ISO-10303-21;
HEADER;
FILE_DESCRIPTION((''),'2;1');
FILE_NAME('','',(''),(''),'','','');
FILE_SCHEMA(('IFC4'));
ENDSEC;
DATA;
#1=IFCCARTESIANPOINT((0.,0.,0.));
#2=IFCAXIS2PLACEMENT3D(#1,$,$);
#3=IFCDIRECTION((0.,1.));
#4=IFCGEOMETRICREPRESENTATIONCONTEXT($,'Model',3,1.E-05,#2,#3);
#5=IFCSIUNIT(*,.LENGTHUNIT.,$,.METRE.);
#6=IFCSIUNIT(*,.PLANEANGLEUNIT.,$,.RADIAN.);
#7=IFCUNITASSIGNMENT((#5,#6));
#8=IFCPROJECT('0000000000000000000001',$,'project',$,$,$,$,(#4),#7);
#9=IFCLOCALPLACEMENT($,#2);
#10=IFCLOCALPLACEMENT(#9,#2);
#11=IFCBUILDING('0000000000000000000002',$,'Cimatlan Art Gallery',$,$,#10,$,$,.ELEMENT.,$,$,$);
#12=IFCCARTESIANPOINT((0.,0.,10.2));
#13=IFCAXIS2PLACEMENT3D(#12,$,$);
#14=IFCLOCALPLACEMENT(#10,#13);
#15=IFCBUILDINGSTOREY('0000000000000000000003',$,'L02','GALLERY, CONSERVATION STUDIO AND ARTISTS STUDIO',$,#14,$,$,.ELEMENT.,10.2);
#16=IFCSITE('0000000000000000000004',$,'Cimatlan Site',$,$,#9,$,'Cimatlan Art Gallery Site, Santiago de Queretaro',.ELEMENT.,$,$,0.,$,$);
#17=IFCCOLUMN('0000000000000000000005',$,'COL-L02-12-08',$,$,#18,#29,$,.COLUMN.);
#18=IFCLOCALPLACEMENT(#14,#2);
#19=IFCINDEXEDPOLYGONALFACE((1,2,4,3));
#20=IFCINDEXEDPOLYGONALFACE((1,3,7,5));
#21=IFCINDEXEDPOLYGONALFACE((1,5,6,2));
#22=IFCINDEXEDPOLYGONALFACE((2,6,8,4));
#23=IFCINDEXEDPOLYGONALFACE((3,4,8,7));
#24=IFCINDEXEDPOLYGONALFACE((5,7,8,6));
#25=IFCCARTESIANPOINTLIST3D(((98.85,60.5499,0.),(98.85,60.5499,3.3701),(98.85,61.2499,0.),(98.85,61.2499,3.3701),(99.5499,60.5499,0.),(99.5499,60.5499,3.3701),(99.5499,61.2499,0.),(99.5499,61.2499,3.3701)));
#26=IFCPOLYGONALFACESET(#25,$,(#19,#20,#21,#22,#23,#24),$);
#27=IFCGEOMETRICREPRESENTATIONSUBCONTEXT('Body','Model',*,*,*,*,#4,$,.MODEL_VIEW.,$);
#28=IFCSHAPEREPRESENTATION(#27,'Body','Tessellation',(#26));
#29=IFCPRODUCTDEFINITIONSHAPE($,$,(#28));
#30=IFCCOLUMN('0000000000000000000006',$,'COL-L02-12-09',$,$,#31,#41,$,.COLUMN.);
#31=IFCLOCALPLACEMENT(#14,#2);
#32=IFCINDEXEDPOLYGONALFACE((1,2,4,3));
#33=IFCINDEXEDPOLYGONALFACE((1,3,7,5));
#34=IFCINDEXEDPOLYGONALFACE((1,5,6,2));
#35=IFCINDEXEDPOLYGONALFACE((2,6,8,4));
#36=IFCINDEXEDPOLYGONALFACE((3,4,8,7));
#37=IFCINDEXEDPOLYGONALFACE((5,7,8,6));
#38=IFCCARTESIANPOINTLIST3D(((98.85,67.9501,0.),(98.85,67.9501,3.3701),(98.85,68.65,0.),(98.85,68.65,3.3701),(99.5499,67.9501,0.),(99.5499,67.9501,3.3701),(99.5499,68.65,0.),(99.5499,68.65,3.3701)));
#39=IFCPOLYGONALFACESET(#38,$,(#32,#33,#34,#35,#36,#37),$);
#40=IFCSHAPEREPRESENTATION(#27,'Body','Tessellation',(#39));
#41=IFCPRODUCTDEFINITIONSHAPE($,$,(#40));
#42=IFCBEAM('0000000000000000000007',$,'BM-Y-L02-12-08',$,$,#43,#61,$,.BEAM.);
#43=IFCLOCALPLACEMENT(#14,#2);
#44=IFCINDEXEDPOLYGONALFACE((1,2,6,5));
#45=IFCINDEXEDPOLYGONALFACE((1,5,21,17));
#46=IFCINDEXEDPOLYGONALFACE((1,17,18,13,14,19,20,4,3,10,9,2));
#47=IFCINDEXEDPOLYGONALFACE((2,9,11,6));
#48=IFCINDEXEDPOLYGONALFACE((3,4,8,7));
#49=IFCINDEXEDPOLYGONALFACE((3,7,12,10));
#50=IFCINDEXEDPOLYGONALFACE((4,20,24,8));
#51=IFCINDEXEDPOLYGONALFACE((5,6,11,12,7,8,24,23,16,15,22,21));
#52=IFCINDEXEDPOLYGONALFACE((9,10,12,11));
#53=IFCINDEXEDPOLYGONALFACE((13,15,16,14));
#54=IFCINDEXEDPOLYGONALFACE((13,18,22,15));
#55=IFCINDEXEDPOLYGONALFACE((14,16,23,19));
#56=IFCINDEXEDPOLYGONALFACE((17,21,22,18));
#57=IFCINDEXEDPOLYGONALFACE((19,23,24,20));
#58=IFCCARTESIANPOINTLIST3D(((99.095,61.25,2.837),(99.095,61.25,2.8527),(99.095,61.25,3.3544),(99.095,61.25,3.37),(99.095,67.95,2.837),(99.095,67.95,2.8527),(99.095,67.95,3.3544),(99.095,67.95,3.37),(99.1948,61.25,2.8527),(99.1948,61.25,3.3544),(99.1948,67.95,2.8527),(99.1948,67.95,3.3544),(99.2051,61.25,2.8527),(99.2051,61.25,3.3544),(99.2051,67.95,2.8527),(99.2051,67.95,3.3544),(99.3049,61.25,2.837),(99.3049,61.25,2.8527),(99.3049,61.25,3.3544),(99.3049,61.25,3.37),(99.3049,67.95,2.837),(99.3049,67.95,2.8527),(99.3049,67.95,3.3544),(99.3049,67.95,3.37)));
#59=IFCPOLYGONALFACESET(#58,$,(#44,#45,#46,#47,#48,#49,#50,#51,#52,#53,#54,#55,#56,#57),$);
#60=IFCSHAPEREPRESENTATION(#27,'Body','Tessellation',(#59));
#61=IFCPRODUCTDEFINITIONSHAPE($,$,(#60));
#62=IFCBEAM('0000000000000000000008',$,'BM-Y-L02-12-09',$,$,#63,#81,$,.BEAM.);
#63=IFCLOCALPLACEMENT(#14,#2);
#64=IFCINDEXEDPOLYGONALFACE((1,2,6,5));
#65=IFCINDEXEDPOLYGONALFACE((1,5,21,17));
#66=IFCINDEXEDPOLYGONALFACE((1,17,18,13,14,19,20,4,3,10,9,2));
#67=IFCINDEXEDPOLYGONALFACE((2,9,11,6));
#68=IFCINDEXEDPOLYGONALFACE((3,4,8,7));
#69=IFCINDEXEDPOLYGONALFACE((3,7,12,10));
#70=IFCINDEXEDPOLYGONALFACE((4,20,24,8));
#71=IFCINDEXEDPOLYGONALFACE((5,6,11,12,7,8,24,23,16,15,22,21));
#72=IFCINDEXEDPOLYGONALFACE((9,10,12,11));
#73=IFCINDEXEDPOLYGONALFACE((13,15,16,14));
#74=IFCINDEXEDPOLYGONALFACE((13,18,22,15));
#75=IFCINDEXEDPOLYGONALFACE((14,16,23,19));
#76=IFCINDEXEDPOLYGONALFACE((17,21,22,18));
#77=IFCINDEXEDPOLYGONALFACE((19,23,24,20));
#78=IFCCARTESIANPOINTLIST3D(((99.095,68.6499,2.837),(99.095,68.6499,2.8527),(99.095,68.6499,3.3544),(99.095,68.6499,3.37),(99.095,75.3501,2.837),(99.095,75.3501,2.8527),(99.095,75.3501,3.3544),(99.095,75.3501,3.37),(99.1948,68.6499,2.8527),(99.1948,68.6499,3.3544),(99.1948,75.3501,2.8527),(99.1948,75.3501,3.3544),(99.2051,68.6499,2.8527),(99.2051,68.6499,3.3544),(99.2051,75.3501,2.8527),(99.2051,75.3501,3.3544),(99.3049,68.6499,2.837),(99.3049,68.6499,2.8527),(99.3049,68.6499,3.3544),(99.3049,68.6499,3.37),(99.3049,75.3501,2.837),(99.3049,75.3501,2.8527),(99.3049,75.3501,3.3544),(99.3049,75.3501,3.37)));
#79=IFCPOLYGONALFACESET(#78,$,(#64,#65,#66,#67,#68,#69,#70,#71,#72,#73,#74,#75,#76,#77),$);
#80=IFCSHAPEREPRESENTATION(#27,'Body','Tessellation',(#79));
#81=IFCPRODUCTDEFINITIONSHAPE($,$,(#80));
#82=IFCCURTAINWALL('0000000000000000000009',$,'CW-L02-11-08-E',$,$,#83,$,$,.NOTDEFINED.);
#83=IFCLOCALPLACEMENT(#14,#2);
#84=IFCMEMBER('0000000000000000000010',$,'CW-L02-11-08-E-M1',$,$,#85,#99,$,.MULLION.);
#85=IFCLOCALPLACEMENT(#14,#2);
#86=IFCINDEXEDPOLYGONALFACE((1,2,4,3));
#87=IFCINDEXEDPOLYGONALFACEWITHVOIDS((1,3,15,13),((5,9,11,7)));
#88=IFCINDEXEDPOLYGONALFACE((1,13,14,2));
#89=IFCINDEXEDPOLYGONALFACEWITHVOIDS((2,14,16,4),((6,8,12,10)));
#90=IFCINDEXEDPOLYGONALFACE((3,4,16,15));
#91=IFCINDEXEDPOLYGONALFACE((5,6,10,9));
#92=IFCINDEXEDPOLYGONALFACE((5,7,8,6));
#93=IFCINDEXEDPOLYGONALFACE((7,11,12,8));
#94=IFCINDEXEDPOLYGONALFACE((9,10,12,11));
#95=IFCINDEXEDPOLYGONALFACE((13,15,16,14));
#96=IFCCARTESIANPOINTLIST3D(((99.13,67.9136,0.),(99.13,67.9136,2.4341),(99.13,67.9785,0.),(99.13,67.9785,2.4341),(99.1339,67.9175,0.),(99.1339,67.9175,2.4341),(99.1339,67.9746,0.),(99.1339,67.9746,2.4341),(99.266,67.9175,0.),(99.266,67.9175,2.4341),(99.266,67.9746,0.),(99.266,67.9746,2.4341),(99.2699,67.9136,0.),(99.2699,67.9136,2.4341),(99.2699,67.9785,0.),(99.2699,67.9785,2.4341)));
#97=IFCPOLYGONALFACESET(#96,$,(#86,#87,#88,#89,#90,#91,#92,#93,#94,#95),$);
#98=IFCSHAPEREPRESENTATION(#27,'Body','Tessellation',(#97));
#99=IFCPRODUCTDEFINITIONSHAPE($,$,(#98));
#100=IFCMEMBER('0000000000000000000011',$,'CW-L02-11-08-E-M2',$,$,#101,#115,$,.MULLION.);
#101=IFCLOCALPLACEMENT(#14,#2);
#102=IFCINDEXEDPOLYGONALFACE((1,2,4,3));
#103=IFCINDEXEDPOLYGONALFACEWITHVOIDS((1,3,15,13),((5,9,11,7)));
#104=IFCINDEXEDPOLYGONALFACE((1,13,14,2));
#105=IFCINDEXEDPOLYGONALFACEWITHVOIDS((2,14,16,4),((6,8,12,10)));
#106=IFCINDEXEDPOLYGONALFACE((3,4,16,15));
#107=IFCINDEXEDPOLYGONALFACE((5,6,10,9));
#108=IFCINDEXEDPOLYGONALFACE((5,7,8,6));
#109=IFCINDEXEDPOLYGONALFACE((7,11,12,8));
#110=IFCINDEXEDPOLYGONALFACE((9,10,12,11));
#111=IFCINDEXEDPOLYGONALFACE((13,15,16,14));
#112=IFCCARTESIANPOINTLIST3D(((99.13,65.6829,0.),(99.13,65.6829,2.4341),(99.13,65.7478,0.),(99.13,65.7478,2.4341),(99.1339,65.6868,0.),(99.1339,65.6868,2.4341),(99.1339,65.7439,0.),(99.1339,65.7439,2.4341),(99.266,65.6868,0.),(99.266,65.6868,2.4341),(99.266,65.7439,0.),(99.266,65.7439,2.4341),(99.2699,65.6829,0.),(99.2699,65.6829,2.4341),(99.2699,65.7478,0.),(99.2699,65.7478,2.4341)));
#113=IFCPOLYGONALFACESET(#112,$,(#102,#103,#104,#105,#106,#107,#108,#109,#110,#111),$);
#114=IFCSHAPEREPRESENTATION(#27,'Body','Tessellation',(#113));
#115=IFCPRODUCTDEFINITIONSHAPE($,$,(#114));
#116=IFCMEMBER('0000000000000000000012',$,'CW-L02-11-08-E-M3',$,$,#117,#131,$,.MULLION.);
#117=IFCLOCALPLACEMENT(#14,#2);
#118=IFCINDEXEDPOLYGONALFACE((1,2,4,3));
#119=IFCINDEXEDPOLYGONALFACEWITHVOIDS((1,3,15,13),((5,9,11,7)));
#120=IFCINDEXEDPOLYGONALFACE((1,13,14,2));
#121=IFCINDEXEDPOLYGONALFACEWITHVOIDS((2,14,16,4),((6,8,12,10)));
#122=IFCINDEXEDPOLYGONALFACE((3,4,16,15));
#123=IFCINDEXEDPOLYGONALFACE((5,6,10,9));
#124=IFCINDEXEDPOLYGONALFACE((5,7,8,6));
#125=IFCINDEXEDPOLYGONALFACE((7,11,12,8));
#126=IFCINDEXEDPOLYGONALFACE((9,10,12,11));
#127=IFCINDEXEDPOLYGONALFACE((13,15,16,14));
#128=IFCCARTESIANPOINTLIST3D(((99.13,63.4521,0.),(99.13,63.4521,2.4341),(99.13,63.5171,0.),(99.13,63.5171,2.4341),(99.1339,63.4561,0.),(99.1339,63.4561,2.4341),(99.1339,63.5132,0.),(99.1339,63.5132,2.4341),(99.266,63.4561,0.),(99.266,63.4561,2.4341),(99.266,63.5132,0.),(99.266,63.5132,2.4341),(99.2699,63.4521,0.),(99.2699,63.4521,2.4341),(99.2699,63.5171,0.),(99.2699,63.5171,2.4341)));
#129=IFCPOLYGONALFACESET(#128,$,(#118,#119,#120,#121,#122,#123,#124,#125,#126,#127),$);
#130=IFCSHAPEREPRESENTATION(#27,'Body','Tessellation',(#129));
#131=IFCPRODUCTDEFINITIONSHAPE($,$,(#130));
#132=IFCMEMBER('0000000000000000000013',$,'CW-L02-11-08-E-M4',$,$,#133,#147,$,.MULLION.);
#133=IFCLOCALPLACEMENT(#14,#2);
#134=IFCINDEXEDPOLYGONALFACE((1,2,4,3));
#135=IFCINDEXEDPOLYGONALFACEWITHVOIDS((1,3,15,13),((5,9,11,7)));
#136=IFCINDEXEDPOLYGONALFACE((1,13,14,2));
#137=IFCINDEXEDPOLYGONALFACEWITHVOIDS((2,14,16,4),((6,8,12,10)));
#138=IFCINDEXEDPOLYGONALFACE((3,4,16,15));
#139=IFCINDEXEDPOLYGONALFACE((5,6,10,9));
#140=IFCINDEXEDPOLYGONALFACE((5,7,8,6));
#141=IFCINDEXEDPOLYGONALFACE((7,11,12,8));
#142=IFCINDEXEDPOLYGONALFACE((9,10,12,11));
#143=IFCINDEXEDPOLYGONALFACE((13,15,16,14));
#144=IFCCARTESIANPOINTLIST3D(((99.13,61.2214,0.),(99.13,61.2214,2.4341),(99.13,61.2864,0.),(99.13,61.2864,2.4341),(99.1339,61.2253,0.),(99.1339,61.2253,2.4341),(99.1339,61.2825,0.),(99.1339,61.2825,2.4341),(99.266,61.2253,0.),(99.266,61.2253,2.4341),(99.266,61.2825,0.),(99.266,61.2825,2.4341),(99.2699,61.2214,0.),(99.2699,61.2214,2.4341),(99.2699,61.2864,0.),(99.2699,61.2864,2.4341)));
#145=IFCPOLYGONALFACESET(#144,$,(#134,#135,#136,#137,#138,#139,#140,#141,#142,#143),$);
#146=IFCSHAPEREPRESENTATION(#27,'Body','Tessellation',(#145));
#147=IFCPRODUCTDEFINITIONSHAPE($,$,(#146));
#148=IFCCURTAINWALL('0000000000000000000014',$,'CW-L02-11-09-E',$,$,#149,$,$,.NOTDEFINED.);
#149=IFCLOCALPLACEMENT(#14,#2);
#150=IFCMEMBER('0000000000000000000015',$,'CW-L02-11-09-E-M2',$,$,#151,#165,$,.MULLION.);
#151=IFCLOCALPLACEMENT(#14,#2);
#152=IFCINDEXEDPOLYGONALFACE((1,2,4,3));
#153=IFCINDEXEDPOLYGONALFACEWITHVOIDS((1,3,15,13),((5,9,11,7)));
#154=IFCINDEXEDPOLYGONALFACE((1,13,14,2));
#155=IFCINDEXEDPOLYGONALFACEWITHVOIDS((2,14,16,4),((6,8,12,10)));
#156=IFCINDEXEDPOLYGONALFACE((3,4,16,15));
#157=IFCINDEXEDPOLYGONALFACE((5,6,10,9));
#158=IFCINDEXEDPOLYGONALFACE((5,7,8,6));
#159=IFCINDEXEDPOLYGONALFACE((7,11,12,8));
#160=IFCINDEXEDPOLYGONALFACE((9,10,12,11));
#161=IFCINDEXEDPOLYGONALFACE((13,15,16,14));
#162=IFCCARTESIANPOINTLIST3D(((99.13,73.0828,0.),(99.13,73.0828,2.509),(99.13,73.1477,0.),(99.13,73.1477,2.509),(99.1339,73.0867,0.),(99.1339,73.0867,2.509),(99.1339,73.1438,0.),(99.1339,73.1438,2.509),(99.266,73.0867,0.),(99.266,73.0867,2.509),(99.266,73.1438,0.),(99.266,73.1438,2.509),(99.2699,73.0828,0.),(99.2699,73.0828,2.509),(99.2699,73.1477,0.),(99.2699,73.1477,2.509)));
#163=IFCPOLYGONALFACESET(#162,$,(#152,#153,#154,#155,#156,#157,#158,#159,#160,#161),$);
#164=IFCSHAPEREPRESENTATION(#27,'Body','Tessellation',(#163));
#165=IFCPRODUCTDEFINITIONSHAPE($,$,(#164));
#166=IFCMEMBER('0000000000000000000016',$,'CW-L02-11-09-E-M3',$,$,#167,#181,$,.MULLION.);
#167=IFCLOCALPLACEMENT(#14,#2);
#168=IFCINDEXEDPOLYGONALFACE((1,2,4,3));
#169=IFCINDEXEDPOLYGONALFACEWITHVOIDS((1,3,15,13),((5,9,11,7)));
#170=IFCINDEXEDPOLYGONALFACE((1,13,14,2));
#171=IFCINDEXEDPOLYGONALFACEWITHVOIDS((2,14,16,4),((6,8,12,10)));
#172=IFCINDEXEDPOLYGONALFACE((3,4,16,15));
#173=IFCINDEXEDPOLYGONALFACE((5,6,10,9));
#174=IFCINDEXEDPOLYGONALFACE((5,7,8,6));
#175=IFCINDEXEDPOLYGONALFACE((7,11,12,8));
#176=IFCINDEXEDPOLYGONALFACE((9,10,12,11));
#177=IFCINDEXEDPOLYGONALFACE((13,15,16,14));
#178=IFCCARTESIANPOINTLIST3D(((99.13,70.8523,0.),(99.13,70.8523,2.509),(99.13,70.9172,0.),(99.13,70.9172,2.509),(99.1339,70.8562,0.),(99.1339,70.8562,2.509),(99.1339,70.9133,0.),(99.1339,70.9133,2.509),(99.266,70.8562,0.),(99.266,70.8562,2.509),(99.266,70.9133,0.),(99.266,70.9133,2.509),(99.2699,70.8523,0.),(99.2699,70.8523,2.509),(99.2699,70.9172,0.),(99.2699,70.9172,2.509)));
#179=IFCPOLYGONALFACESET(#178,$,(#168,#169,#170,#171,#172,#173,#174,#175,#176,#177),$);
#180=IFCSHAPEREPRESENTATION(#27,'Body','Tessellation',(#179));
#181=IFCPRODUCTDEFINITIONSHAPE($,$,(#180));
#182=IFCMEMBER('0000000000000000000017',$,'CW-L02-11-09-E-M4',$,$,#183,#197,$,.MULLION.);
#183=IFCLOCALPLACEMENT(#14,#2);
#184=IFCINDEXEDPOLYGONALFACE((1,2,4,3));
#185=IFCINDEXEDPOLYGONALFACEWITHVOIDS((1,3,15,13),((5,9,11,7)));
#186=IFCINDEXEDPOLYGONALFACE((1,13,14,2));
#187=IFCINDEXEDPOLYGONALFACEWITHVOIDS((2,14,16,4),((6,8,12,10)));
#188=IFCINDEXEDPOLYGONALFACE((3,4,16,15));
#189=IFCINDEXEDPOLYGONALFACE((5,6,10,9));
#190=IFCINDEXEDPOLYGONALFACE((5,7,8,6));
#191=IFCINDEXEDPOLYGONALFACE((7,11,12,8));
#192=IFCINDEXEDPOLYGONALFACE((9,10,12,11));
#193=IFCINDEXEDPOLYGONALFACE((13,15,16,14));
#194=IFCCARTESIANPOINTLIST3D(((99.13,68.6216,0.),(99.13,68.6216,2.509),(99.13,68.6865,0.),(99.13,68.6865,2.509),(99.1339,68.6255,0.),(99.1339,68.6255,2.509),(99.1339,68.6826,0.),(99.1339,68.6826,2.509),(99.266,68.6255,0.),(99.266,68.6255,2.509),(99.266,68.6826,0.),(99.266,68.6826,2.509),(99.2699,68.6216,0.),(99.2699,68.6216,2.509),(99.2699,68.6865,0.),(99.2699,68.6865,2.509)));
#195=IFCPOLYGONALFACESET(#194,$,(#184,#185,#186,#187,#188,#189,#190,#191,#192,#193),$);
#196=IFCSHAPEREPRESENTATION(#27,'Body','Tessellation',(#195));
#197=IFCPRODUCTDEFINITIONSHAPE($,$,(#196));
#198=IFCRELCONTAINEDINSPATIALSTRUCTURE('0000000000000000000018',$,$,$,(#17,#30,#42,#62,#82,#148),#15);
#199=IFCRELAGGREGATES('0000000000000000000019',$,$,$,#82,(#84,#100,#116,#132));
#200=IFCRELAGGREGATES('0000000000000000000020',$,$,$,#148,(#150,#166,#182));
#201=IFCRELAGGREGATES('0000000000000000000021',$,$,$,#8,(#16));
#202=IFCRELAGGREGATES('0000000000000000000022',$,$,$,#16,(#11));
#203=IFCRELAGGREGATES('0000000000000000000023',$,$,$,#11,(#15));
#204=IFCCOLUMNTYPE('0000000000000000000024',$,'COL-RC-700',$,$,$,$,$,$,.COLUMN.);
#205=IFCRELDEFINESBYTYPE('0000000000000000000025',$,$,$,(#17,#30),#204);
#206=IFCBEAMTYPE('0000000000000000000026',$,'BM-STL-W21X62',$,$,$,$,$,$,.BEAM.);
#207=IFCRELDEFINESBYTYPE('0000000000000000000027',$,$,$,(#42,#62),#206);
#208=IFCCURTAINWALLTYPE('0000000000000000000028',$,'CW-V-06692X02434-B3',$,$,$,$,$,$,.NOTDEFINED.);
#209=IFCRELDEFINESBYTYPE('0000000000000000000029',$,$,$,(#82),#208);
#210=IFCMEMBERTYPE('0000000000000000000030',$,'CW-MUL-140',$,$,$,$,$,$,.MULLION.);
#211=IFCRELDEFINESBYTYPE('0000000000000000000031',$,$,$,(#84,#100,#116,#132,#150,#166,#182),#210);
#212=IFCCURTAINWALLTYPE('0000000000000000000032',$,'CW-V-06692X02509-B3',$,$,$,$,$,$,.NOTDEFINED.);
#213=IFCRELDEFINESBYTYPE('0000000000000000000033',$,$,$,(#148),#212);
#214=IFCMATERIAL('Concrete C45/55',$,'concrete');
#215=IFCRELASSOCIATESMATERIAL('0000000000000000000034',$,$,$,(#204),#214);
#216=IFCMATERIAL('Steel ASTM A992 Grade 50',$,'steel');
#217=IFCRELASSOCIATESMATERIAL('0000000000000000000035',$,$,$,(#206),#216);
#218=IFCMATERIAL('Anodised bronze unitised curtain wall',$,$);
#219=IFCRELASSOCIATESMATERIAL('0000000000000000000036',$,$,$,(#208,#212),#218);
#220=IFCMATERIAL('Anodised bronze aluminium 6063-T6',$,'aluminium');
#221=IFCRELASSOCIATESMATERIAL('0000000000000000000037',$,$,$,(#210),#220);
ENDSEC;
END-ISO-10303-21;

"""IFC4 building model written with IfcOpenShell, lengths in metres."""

from ifc_helpers import new_model, si_unit, direction, frame, origin, origin_2d, place, context, subcontext, project, spatial, rectangle, hollow_rectangle, i_section, extrude, material, material_profile, profile_set, type_object, element, aggregate, save


model = new_model("IFC4")

# Units and contexts
model_context = context("Model", 3, precision=1e-05, world=origin(), true_north=direction((0.0, 1.0)))
body_context = subcontext(model_context, "Body", "Model", "MODEL_VIEW")
ifc_project = project(units=[si_unit("LENGTHUNIT", "METRE"), si_unit("PLANEANGLEUNIT", "RADIAN")], contexts=[model_context])

# Site, building, storey
site_placement = place(None, origin())
site = spatial("IfcSite", under=ifc_project, at=site_placement, Name="Cimatlan Site", LongName="Cimatlan Art Gallery Site, Santiago de Queretaro", CompositionType="ELEMENT", RefElevation=0.0)
building_placement = place(site_placement, origin())
building = spatial("IfcBuilding", under=site, at=building_placement, Name="Cimatlan Art Gallery", CompositionType="ELEMENT")
storey_placement = place(building_placement, frame((0.0, 0.0, 10.2)))
storey = spatial("IfcBuildingStorey", under=building, at=storey_placement, Name="L02", Description="GALLERY, CONSERVATION STUDIO AND ARTISTS STUDIO", CompositionType="ELEMENT", Elevation=10.2)

# Columns
ifc_material_1 = material(Name="Concrete C45/55", Category="concrete")
ifc_material_profile_1 = material_profile(ifc_material_1, rectangle(XDim=0.7, YDim=0.7, at=origin_2d()), Name="RC700X700")
ifc_profile_set_1 = profile_set([ifc_material_profile_1], Name="Concrete C45/55")
column_type = type_object("IfcColumnType", Name="COL-RC-700", PredefinedType="COLUMN", material=ifc_profile_set_1)
for number, where, z_axis, x_axis, name in (
    (1, (99.2, 60.8999, 0.0), (0.0, 0.0, 1.0), (1.0, 0.0, 0.0), "COL-L02-12-08"),
    (2, (99.2, 68.3, 0.0), (0.0, 0.0, 1.0), (1.0, 0.0, 0.0), "COL-L02-12-09"),
):
    element("IfcColumn", number, at=place(storey_placement, frame(where, z_axis=z_axis, x_axis=x_axis)), inside=storey, type_object=column_type, Name=name, PredefinedType="COLUMN", context=body_context, shape_type="SweptSolid", body=[
        extrude(rectangle(XDim=0.7, YDim=0.7, at=origin_2d()), origin(), (0.0, 0.0, 1.0), 3.3701),
    ])

# Beams
ifc_material_2 = material(Name="Steel ASTM A992 Grade 50", Category="steel")
ifc_material_profile_2 = material_profile(ifc_material_2, i_section(OverallWidth=0.21, OverallDepth=0.533, WebThickness=0.0103, FlangeThickness=0.0156, at=origin_2d()), Name="W21X62")
ifc_profile_set_2 = profile_set([ifc_material_profile_2], Name="Steel ASTM A992 Grade 50")
beam_type = type_object("IfcBeamType", Name="BM-STL-W21X62", PredefinedType="BEAM", material=ifc_profile_set_2)
beam_1_placement = place(storey_placement, frame((99.2, 61.25, 3.1035), z_axis=(0.0, 1.0, 0.0), x_axis=(-1.0, 0.0, 0.0)))
element("IfcBeam", 3, at=beam_1_placement, inside=storey, type_object=beam_type, Name="BM-Y-L02-12-08", PredefinedType="BEAM", context=body_context, shape_type="SweptSolid", body=[
    extrude(i_section(OverallWidth=0.21, OverallDepth=0.533, WebThickness=0.0103, FlangeThickness=0.0156, at=origin_2d()), origin(), (0.0, 0.0, 1.0), 6.7),
])
beam_2_placement = place(storey_placement, frame((99.2, 68.6499, 3.1035), z_axis=(0.0, 1.0, 0.0), x_axis=(-1.0, 0.0, 0.0)))
element("IfcBeam", 4, at=beam_2_placement, inside=storey, type_object=beam_type, Name="BM-Y-L02-12-09", PredefinedType="BEAM", context=body_context, shape_type="SweptSolid", body=[
    extrude(i_section(OverallWidth=0.21, OverallDepth=0.533, WebThickness=0.0103, FlangeThickness=0.0156, at=origin_2d()), origin(), (0.0, 0.0, 1.0), 6.7002),
])

# Curtain walls, members
ifc_material_3 = material(Name="Anodised bronze unitised curtain wall")
curtain_wall_type_1 = type_object("IfcCurtainWallType", Name="CW-V-06692X02434-B3", PredefinedType="NOTDEFINED", material=ifc_material_3)
curtain_wall_1_placement = place(storey_placement, origin())
curtain_wall_1 = element("IfcCurtainWall", 5, at=curtain_wall_1_placement, inside=storey, type_object=curtain_wall_type_1, Name="CW-L02-11-08-E", PredefinedType="NOTDEFINED")
ifc_material_4 = material(Name="Anodised bronze aluminium 6063-T6", Category="aluminium")
ifc_material_profile_3 = material_profile(ifc_material_4, hollow_rectangle(XDim=0.0649, YDim=0.1399, WallThickness=0.0039, at=origin_2d()), Name="ALU65X140X4")
ifc_profile_set_3 = profile_set([ifc_material_profile_3], Name="Anodised bronze aluminium 6063-T6")
member_type_1 = type_object("IfcMemberType", Name="CW-MUL-140", PredefinedType="MULLION", material=ifc_profile_set_3)
member_1_placement = place(storey_placement, frame((99.2, 67.946, 0.0), z_axis=(0.0, 0.0, 1.0), x_axis=(0.0, 1.0, 0.0)))
member_1 = element("IfcMember", 6, at=member_1_placement, type_object=member_type_1, Name="CW-L02-11-08-E-M1", PredefinedType="MULLION", context=body_context, shape_type="SweptSolid", body=[
    extrude(hollow_rectangle(XDim=0.0649, YDim=0.1399, WallThickness=0.0039, at=origin_2d()), origin(), (0.0, 0.0, 1.0), 2.4341),
])
member_2_placement = place(storey_placement, frame((99.2, 65.7153, 0.0), z_axis=(0.0, 0.0, 1.0), x_axis=(0.0, 1.0, 0.0)))
member_2 = element("IfcMember", 7, at=member_2_placement, type_object=member_type_1, Name="CW-L02-11-08-E-M2", PredefinedType="MULLION", context=body_context, shape_type="SweptSolid", body=[
    extrude(hollow_rectangle(XDim=0.0649, YDim=0.1399, WallThickness=0.0039, at=origin_2d()), origin(), (0.0, 0.0, 1.0), 2.4341),
])
member_3_placement = place(storey_placement, frame((99.2, 63.4846, 0.0), z_axis=(0.0, 0.0, 1.0), x_axis=(0.0, 1.0, 0.0)))
member_3 = element("IfcMember", 8, at=member_3_placement, type_object=member_type_1, Name="CW-L02-11-08-E-M3", PredefinedType="MULLION", context=body_context, shape_type="SweptSolid", body=[
    extrude(hollow_rectangle(XDim=0.0649, YDim=0.1399, WallThickness=0.0039, at=origin_2d()), origin(), (0.0, 0.0, 1.0), 2.4341),
])
member_4_placement = place(storey_placement, frame((99.2, 61.2539, 0.0), z_axis=(0.0, 0.0, 1.0), x_axis=(0.0, 1.0, 0.0)))
member_4 = element("IfcMember", 9, at=member_4_placement, type_object=member_type_1, Name="CW-L02-11-08-E-M4", PredefinedType="MULLION", context=body_context, shape_type="SweptSolid", body=[
    extrude(hollow_rectangle(XDim=0.0649, YDim=0.1399, WallThickness=0.0039, at=origin_2d()), origin(), (0.0, 0.0, 1.0), 2.4341),
])
curtain_wall_type_2 = type_object("IfcCurtainWallType", Name="CW-V-06692X02509-B3", PredefinedType="NOTDEFINED", material=ifc_material_3)
curtain_wall_2_placement = place(storey_placement, origin())
curtain_wall_2 = element("IfcCurtainWall", 10, at=curtain_wall_2_placement, inside=storey, type_object=curtain_wall_type_2, Name="CW-L02-11-09-E", PredefinedType="NOTDEFINED")
member_5_placement = place(storey_placement, frame((99.2, 73.1152, 0.0), z_axis=(0.0, 0.0, 1.0), x_axis=(0.0, 1.0, 0.0)))
member_5 = element("IfcMember", 11, at=member_5_placement, type_object=member_type_1, Name="CW-L02-11-09-E-M2", PredefinedType="MULLION", context=body_context, shape_type="SweptSolid", body=[
    extrude(hollow_rectangle(XDim=0.0649, YDim=0.1399, WallThickness=0.0039, at=origin_2d()), origin(), (0.0, 0.0, 1.0), 2.509),
])
member_6_placement = place(storey_placement, frame((99.2, 70.8848, 0.0), z_axis=(0.0, 0.0, 1.0), x_axis=(0.0, 1.0, 0.0)))
member_6 = element("IfcMember", 12, at=member_6_placement, type_object=member_type_1, Name="CW-L02-11-09-E-M3", PredefinedType="MULLION", context=body_context, shape_type="SweptSolid", body=[
    extrude(hollow_rectangle(XDim=0.0649, YDim=0.1399, WallThickness=0.0039, at=origin_2d()), origin(), (0.0, 0.0, 1.0), 2.509),
])
member_7_placement = place(storey_placement, frame((99.2, 68.6541, 0.0), z_axis=(0.0, 0.0, 1.0), x_axis=(0.0, 1.0, 0.0)))
member_7 = element("IfcMember", 13, at=member_7_placement, type_object=member_type_1, Name="CW-L02-11-09-E-M4", PredefinedType="MULLION", context=body_context, shape_type="SweptSolid", body=[
    extrude(hollow_rectangle(XDim=0.0649, YDim=0.1399, WallThickness=0.0039, at=origin_2d()), origin(), (0.0, 0.0, 1.0), 2.509),
])

aggregate(curtain_wall_1, [member_1, member_2, member_3, member_4])
aggregate(curtain_wall_2, [member_5, member_6, member_7])

save(model, "model.ifc")
